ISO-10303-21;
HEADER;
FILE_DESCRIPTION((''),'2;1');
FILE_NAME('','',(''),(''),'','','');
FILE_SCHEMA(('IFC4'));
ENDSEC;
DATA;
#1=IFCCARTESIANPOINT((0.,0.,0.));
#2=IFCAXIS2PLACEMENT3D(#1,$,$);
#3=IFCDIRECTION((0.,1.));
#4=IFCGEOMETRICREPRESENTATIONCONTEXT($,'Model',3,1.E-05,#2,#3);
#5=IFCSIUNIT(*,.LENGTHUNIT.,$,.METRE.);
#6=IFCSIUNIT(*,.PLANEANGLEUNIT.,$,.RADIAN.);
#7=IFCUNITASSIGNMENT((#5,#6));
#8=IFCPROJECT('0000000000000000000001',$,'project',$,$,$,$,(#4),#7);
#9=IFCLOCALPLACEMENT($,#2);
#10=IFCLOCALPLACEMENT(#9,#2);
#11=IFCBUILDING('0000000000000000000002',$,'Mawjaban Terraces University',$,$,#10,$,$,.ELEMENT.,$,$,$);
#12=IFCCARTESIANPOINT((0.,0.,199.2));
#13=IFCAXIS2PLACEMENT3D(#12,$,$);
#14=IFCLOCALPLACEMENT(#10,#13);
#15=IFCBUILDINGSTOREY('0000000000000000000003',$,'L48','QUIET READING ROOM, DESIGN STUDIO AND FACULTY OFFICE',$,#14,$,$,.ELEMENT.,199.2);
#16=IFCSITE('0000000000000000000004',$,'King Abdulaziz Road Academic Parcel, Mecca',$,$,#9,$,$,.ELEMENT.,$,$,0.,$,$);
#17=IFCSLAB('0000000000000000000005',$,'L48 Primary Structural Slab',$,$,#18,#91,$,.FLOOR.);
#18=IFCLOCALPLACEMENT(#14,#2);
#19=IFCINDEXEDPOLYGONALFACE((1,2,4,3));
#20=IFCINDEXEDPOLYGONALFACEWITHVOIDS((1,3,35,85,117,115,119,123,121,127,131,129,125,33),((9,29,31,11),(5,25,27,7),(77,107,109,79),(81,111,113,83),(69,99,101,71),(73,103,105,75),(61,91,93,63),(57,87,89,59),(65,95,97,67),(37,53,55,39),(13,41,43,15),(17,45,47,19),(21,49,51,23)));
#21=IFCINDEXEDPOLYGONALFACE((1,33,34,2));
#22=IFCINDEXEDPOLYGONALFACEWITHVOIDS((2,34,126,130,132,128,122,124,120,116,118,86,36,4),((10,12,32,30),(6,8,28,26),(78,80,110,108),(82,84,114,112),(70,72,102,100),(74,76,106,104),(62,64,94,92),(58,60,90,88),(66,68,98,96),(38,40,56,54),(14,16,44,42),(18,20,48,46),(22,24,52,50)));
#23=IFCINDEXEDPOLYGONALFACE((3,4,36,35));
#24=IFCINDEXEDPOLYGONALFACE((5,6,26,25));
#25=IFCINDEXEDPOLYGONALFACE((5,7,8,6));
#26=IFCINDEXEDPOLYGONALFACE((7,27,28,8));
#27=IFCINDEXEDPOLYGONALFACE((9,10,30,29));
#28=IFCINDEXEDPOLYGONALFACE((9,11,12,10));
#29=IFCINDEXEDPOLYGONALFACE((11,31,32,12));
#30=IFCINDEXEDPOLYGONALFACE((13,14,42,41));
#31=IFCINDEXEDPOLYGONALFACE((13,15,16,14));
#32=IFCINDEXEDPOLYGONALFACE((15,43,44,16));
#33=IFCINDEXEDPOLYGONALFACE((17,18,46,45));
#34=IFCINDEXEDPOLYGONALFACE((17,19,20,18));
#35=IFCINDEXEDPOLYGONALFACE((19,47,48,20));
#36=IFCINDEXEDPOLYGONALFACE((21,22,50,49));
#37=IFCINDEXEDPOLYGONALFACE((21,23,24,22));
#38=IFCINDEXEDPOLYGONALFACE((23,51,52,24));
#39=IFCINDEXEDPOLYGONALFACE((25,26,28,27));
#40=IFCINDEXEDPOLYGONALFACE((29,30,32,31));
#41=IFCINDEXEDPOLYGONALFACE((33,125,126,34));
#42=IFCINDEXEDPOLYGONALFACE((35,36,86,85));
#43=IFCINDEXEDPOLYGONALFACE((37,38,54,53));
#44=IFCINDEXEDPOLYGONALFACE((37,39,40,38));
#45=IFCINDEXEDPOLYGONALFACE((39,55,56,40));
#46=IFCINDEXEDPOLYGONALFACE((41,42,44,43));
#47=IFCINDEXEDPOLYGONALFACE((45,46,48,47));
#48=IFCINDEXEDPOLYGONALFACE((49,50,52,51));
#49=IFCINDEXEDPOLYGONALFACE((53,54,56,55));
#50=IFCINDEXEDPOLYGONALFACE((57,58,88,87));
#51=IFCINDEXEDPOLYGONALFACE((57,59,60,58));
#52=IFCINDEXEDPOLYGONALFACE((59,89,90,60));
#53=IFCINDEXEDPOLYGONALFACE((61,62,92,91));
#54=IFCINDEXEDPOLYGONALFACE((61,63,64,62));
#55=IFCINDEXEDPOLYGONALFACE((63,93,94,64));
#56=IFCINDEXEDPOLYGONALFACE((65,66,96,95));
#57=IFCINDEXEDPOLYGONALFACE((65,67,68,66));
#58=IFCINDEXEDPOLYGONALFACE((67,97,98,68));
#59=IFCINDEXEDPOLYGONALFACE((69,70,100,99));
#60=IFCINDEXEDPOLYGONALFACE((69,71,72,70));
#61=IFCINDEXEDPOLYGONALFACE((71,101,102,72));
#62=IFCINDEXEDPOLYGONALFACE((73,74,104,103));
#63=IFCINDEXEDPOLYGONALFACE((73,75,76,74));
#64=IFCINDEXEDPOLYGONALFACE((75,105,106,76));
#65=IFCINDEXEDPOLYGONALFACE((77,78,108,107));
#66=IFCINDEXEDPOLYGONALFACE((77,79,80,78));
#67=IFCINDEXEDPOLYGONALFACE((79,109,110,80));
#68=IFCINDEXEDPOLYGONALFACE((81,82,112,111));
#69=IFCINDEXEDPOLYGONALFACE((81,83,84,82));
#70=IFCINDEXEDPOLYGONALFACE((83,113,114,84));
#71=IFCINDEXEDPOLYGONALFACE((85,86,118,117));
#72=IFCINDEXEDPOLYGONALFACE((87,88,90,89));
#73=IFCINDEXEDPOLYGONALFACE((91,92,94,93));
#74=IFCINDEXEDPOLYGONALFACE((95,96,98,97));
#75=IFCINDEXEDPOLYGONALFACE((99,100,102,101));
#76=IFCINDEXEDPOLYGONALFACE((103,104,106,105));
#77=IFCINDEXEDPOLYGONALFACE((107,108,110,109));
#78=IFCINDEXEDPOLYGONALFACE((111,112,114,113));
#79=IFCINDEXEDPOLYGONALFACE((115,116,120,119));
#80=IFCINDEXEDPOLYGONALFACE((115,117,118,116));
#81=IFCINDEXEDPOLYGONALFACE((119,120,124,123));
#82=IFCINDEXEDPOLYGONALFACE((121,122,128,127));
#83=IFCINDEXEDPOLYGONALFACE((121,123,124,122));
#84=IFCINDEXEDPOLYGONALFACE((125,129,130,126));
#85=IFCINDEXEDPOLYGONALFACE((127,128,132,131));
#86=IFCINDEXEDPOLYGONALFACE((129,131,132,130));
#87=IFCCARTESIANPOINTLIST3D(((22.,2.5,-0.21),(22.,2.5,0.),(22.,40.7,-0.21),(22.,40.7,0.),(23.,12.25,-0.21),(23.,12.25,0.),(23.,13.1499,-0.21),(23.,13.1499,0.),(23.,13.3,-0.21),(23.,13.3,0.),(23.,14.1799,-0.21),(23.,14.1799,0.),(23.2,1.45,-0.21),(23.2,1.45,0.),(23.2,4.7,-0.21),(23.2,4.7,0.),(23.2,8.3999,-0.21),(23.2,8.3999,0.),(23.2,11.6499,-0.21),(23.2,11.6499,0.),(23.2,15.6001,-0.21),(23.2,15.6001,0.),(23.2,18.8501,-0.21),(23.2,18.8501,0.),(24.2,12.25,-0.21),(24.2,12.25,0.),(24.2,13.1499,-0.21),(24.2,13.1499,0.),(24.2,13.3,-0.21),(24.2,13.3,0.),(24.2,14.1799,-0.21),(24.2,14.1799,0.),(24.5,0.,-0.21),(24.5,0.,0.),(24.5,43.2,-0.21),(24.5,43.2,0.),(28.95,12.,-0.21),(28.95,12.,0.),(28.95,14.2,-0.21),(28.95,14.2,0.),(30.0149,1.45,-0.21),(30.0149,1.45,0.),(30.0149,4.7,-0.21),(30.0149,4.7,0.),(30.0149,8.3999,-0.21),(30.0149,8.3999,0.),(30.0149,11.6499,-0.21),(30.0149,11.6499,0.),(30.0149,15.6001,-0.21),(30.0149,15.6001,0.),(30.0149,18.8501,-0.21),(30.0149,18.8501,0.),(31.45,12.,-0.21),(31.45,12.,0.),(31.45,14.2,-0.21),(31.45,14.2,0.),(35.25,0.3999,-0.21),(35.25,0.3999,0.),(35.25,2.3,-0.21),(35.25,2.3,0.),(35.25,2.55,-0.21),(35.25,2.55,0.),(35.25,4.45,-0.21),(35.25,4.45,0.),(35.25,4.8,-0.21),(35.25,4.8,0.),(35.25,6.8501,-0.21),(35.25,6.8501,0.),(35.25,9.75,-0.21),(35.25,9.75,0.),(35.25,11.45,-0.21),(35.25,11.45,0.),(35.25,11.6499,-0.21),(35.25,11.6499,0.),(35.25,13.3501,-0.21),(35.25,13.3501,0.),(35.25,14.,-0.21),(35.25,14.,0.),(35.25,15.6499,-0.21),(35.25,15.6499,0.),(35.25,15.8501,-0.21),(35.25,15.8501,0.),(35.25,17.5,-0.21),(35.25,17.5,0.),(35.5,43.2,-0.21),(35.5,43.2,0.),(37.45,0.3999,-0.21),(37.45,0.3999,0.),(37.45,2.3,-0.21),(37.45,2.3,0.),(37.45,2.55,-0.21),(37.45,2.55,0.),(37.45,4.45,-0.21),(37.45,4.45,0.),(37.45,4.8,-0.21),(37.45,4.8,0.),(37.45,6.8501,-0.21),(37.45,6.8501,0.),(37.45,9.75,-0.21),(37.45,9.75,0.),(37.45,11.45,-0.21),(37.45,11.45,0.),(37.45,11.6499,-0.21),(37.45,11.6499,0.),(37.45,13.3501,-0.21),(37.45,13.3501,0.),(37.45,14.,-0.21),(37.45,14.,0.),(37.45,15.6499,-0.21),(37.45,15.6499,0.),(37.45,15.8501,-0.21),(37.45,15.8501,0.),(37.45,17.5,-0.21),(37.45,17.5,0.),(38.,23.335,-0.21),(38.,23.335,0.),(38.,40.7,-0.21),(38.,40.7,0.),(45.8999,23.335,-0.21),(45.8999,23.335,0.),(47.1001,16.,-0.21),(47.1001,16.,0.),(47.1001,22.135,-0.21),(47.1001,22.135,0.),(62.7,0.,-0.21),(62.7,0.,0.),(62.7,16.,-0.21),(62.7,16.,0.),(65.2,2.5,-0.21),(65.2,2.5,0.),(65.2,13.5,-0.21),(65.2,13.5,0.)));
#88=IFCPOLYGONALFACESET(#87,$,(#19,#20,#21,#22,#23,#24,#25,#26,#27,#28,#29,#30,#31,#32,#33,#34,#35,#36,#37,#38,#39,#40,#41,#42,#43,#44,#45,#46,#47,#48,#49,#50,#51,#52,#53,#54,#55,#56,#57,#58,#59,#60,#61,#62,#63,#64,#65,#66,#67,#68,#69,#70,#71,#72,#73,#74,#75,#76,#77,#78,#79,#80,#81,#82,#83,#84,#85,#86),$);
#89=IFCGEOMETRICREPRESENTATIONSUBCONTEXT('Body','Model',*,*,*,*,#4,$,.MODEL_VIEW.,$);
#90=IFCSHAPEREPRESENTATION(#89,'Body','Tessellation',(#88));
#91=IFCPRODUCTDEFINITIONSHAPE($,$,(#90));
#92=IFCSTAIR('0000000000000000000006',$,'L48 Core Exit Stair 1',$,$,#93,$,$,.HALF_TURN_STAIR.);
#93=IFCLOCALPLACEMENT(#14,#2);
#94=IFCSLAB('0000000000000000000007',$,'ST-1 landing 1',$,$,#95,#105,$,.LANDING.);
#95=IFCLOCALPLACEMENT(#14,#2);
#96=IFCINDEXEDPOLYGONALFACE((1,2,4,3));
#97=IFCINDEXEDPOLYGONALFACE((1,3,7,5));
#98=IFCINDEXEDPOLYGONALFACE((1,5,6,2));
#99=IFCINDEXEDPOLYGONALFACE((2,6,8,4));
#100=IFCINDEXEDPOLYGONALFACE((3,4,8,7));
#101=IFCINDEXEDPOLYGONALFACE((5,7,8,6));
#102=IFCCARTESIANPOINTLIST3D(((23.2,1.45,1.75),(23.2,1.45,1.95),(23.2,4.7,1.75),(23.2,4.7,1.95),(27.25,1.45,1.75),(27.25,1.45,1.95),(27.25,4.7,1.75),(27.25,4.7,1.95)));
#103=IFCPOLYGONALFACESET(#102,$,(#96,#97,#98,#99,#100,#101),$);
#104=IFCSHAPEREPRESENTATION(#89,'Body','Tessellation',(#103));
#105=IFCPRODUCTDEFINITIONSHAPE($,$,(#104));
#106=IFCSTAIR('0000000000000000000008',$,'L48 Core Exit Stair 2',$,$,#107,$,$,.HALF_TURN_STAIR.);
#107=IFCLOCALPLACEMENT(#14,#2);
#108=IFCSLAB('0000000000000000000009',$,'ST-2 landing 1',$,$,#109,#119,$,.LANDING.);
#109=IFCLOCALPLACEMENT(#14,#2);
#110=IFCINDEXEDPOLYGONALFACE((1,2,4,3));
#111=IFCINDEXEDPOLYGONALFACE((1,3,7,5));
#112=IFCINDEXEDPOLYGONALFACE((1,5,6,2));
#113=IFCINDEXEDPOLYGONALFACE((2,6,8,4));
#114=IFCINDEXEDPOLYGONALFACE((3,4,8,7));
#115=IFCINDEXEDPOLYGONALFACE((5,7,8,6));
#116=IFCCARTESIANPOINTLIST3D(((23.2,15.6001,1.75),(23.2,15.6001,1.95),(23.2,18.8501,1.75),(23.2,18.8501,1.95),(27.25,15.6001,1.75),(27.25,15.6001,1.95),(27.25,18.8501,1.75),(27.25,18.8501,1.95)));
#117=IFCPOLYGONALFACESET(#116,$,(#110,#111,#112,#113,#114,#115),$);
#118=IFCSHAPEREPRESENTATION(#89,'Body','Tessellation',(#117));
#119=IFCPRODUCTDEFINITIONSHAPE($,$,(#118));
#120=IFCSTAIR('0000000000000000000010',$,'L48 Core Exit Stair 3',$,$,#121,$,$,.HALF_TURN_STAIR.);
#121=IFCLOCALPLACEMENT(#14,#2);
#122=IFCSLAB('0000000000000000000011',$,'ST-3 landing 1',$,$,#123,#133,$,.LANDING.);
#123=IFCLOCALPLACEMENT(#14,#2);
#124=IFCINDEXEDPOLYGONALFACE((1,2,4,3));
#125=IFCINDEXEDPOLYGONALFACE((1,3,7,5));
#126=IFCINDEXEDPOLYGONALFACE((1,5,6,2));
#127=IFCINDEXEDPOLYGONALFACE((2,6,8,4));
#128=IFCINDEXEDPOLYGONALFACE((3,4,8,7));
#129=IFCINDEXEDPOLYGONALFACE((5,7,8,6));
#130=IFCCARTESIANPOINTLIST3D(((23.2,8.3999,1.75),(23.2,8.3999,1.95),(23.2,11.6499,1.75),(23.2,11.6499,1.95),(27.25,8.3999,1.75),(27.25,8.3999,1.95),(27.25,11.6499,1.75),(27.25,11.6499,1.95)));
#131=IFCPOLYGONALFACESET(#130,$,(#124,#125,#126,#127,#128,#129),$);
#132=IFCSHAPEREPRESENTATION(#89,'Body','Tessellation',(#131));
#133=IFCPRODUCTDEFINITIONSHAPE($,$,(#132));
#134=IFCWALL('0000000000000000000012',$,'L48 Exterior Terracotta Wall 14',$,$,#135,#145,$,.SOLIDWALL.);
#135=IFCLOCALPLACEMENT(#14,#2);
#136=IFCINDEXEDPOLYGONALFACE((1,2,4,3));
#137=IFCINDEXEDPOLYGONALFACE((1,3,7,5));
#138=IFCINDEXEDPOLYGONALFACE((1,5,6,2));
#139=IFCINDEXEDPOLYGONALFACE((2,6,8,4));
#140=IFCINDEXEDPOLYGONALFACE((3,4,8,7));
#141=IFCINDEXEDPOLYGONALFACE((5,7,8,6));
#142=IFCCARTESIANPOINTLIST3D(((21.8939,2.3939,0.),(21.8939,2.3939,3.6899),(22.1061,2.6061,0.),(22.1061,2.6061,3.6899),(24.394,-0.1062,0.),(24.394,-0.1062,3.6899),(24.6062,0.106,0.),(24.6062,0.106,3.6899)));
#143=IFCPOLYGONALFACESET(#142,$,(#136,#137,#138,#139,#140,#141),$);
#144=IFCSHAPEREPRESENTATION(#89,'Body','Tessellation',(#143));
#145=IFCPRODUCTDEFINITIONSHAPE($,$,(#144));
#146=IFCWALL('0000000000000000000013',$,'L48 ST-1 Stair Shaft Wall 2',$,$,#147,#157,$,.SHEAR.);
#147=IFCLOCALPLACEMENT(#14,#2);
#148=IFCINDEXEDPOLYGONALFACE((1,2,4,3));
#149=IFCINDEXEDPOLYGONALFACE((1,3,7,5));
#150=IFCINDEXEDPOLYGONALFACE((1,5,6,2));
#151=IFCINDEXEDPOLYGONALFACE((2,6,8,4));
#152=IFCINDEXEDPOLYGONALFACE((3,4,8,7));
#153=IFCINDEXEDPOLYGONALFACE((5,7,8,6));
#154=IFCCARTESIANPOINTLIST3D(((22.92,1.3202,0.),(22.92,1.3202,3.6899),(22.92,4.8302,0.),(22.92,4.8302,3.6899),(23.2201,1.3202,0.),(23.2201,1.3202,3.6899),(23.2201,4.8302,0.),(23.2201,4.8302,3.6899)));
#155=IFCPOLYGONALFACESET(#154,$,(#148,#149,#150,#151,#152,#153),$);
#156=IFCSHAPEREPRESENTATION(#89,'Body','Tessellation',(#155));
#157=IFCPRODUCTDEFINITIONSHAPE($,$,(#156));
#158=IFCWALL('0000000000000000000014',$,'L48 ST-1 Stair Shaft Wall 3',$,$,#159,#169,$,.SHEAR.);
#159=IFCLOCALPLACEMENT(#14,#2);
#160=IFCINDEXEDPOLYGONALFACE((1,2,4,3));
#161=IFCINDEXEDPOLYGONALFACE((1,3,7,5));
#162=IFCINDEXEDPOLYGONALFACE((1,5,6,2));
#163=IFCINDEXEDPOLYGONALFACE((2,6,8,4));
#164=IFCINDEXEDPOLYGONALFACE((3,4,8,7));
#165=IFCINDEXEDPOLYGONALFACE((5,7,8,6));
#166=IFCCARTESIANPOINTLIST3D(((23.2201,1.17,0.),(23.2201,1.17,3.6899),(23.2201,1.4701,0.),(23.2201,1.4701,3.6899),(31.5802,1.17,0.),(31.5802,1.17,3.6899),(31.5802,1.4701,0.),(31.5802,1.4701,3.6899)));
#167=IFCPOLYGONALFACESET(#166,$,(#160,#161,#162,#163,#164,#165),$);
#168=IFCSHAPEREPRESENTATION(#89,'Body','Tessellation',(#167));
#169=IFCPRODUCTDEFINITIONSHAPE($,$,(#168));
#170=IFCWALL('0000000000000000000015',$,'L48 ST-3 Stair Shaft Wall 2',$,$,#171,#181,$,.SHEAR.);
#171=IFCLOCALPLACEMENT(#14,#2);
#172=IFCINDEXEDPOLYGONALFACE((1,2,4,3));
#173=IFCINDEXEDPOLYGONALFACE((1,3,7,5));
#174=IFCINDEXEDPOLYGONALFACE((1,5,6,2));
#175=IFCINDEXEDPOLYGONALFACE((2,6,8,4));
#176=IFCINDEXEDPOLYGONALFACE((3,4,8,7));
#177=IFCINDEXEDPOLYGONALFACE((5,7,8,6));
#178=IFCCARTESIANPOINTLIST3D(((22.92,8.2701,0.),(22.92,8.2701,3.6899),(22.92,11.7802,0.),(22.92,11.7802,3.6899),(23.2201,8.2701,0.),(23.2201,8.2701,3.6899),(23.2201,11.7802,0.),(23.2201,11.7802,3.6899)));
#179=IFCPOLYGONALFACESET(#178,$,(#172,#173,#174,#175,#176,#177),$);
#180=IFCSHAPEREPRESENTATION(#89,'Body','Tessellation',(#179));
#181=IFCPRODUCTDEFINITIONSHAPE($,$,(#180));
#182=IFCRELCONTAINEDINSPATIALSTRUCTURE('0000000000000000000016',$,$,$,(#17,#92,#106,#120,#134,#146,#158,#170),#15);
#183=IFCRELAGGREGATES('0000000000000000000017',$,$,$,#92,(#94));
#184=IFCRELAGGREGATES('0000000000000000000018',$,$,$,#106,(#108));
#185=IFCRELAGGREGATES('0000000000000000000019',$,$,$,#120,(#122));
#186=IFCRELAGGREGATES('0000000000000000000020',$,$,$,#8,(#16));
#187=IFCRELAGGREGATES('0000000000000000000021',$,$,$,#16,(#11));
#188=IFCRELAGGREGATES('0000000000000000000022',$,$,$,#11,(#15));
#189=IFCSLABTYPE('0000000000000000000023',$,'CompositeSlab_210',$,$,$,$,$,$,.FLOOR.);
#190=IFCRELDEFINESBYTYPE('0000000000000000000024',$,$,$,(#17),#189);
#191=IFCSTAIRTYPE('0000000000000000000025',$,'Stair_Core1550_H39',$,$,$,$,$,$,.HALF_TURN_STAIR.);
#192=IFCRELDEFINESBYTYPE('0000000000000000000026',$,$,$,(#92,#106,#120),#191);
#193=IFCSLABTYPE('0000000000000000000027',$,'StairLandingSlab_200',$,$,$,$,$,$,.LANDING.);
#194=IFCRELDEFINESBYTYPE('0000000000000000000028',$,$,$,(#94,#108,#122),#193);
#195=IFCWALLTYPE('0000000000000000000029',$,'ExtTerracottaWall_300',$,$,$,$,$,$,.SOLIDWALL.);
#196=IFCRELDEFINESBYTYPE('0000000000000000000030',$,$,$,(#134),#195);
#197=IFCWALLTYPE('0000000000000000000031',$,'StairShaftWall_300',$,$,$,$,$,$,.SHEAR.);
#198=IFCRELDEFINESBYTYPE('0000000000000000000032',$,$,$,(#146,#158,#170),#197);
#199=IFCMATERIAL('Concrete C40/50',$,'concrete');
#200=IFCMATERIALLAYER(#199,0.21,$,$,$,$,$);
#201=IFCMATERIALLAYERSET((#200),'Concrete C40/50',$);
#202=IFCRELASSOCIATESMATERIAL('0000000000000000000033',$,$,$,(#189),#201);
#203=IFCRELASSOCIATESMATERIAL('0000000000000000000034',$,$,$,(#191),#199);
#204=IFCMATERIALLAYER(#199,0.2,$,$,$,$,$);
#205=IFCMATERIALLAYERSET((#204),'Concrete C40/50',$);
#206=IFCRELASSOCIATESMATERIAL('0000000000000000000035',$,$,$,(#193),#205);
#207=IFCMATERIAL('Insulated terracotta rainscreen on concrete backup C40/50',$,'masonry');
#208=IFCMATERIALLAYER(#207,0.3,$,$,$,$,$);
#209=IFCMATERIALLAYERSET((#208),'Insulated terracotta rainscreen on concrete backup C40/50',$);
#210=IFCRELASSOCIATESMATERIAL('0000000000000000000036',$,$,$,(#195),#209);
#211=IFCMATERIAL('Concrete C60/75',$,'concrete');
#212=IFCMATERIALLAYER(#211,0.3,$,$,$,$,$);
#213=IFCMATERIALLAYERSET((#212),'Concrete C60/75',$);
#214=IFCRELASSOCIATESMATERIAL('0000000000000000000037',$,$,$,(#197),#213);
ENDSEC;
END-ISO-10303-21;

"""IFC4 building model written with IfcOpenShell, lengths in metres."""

from ifc_helpers import new_model, si_unit, direction, frame, frame_2d, origin, place, context, subcontext, project, spatial, polyline, rectangle, outline, extrude, material, layer, layer_set, type_object, element, aggregate, save


model = new_model("IFC4")

# Units and contexts
model_context = context("Model", 3, precision=1e-05, world=origin(), true_north=direction((0.0, 1.0)))
body_context = subcontext(model_context, "Body", "Model", "MODEL_VIEW")
ifc_project = project(units=[si_unit("LENGTHUNIT", "METRE"), si_unit("PLANEANGLEUNIT", "RADIAN")], contexts=[model_context])

# Site, building, storey
site_placement = place(None, origin())
site = spatial("IfcSite", under=ifc_project, at=site_placement, Name="King Abdulaziz Road Academic Parcel, Mecca", CompositionType="ELEMENT", RefElevation=0.0)
building_placement = place(site_placement, origin())
building = spatial("IfcBuilding", under=site, at=building_placement, Name="Mawjaban Terraces University", CompositionType="ELEMENT")
storey_placement = place(building_placement, frame((0.0, 0.0, 199.2)))
storey = spatial("IfcBuildingStorey", under=building, at=storey_placement, Name="L48", Description="QUIET READING ROOM, DESIGN STUDIO AND FACULTY OFFICE", CompositionType="ELEMENT", Elevation=199.2)

# Shared definitions
ifc_material_1 = material(Name="Concrete C60/75", Category="concrete")

# Slab
ifc_material_2 = material(Name="Concrete C40/50", Category="concrete")
ifc_layer_1 = layer(ifc_material_2, 0.21)
ifc_layer_set_1 = layer_set([ifc_layer_1], Name="Concrete C40/50")
slab_type_1 = type_object("IfcSlabType", Name="CompositeSlab_210", PredefinedType="FLOOR", material=ifc_layer_set_1)
slab_1_placement = place(storey_placement, frame((0.0, 0.0, -0.21)))
element("IfcSlab", 1, at=slab_1_placement, inside=storey, type_object=slab_type_1, Name="L48 Primary Structural Slab", PredefinedType="FLOOR", context=body_context, shape_type="SweptSolid", body=[
    extrude(outline(polyline([(24.5, 0.0), (62.7, 0.0), (65.2, 2.5), (65.2, 13.5), (62.7, 16.0), (47.1001, 16.0), (47.1001, 22.135), (45.8999, 23.335), (38.0, 23.335), (38.0, 40.7), (35.5, 43.2), (24.5, 43.2), (22.0, 40.7), (22.0, 2.5), (24.5, 0.0)]), holes=[polyline([(30.0149, 4.7), (23.2, 4.7), (23.2, 1.45), (30.0149, 1.45), (30.0149, 4.7)]), polyline([(30.0149, 18.8501), (23.2, 18.8501), (23.2, 15.6001), (30.0149, 15.6001), (30.0149, 18.8501)]), polyline([(30.0149, 11.6499), (23.2, 11.6499), (23.2, 8.3999), (30.0149, 8.3999), (30.0149, 11.6499)]), polyline([(35.25, 0.3999), (37.45, 0.3999), (37.45, 2.3), (35.25, 2.3), (35.25, 0.3999)]), polyline([(35.25, 2.55), (37.45, 2.55), (37.45, 4.45), (35.25, 4.45), (35.25, 2.55)]), polyline([(35.25, 4.8), (37.45, 4.8), (37.45, 6.8501), (35.25, 6.8501), (35.25, 4.8)]), polyline([(35.25, 9.75), (37.45, 9.75), (37.45, 11.45), (35.25, 11.45), (35.25, 9.75)]), polyline([(35.25, 11.6499), (37.45, 11.6499), (37.45, 13.3501), (35.25, 13.3501), (35.25, 11.6499)]), polyline([(28.95, 12.0), (31.45, 12.0), (31.45, 14.2), (28.95, 14.2), (28.95, 12.0)]), polyline([(35.25, 14.0), (37.45, 14.0), (37.45, 15.6499), (35.25, 15.6499), (35.25, 14.0)]), polyline([(35.25, 15.8501), (37.45, 15.8501), (37.45, 17.5), (35.25, 17.5), (35.25, 15.8501)]), polyline([(23.0, 12.25), (24.2, 12.25), (24.2, 13.1499), (23.0, 13.1499), (23.0, 12.25)]), polyline([(23.0, 13.3), (24.2, 13.3), (24.2, 14.1799), (23.0, 14.1799), (23.0, 13.3)])]), origin(), (0.0, 0.0, 1.0), 0.21),
])

# Stairs, slabs
stair_type = type_object("IfcStairType", Name="Stair_Core1550_H39", PredefinedType="HALF_TURN_STAIR", material=ifc_material_2)
stair_1_placement = place(storey_placement, origin())
stair_1 = element("IfcStair", 2, at=stair_1_placement, inside=storey, type_object=stair_type, Name="L48 Core Exit Stair 1", PredefinedType="HALF_TURN_STAIR")
ifc_layer_2 = layer(ifc_material_2, 0.2)
ifc_layer_set_2 = layer_set([ifc_layer_2], Name="Concrete C40/50")
slab_type_2 = type_object("IfcSlabType", Name="StairLandingSlab_200", PredefinedType="LANDING", material=ifc_layer_set_2)
slab_2_placement = place(storey_placement, frame((0.0, 0.0, 1.75)))
slab_2 = element("IfcSlab", 3, at=slab_2_placement, type_object=slab_type_2, Name="ST-1 landing 1", PredefinedType="LANDING", context=body_context, shape_type="SweptSolid", body=[
    extrude(outline(polyline([(27.25, 4.7), (23.2, 4.7), (23.2, 1.45), (27.25, 1.45), (27.25, 4.7)])), origin(), (0.0, 0.0, 1.0), 0.2),
])
aggregate(stair_1, [slab_2])
stair_2_placement = place(storey_placement, origin())
stair_2 = element("IfcStair", 4, at=stair_2_placement, inside=storey, type_object=stair_type, Name="L48 Core Exit Stair 2", PredefinedType="HALF_TURN_STAIR")
slab_3_placement = place(storey_placement, frame((0.0, 0.0, 1.75)))
slab_3 = element("IfcSlab", 5, at=slab_3_placement, type_object=slab_type_2, Name="ST-2 landing 1", PredefinedType="LANDING", context=body_context, shape_type="SweptSolid", body=[
    extrude(outline(polyline([(27.25, 18.8501), (23.2, 18.8501), (23.2, 15.6001), (27.25, 15.6001), (27.25, 18.8501)])), origin(), (0.0, 0.0, 1.0), 0.2),
])
aggregate(stair_2, [slab_3])
stair_3_placement = place(storey_placement, origin())
stair_3 = element("IfcStair", 6, at=stair_3_placement, inside=storey, type_object=stair_type, Name="L48 Core Exit Stair 3", PredefinedType="HALF_TURN_STAIR")
slab_4_placement = place(storey_placement, frame((0.0, 0.0, 1.75)))
slab_4 = element("IfcSlab", 7, at=slab_4_placement, type_object=slab_type_2, Name="ST-3 landing 1", PredefinedType="LANDING", context=body_context, shape_type="SweptSolid", body=[
    extrude(outline(polyline([(27.25, 11.6499), (23.2, 11.6499), (23.2, 8.3999), (27.25, 8.3999), (27.25, 11.6499)])), origin(), (0.0, 0.0, 1.0), 0.2),
])
aggregate(stair_3, [slab_4])

# Walls
ifc_material_3 = material(Name="Insulated terracotta rainscreen on concrete backup C40/50", Category="masonry")
ifc_layer_3 = layer(ifc_material_3, 0.3)
ifc_layer_set_3 = layer_set([ifc_layer_3], Name="Insulated terracotta rainscreen on concrete backup C40/50")
wall_type_1 = type_object("IfcWallType", Name="ExtTerracottaWall_300", PredefinedType="SOLIDWALL", material=ifc_layer_set_3)
wall_1_placement = place(storey_placement, frame((22.0, 2.5, 0.0), z_axis=(0.0, 0.0, 1.0), x_axis=(0.707107, -0.707107, 0.0)))
element("IfcWall", 8, at=wall_1_placement, inside=storey, type_object=wall_type_1, Name="L48 Exterior Terracotta Wall 14", PredefinedType="SOLIDWALL", context=body_context, shape_type="SweptSolid", body=[
    extrude(rectangle(XDim=3.5356, YDim=0.3, at=frame_2d((1.7678, 0.0))), origin(), (0.0, 0.0, 1.0), 3.6899),
])
ifc_layer_4 = layer(ifc_material_1, 0.3)
ifc_layer_set_4 = layer_set([ifc_layer_4], Name="Concrete C60/75")
wall_type_2 = type_object("IfcWallType", Name="StairShaftWall_300", PredefinedType="SHEAR", material=ifc_layer_set_4)
wall_2_placement = place(storey_placement, frame((23.0701, 4.8301, 0.0), z_axis=(0.0, 0.0, 1.0), x_axis=(0.0, -1.0, 0.0)))
element("IfcWall", 9, at=wall_2_placement, inside=storey, type_object=wall_type_2, Name="L48 ST-1 Stair Shaft Wall 2", PredefinedType="SHEAR", context=body_context, shape_type="SweptSolid", body=[
    extrude(rectangle(XDim=3.51, YDim=0.3, at=frame_2d((1.7549, 0.0))), origin(), (0.0, 0.0, 1.0), 3.6899),
])
wall_3_placement = place(storey_placement, frame((23.22, 1.3201, 0.0), z_axis=(0.0, 0.0, 1.0), x_axis=(1.0, 0.0, 0.0)))
element("IfcWall", 10, at=wall_3_placement, inside=storey, type_object=wall_type_2, Name="L48 ST-1 Stair Shaft Wall 3", PredefinedType="SHEAR", context=body_context, shape_type="SweptSolid", body=[
    extrude(rectangle(XDim=8.3601, YDim=0.3, at=frame_2d((4.1802, 0.0))), origin(), (0.0, 0.0, 1.0), 3.6899),
])
wall_4_placement = place(storey_placement, frame((23.0701, 11.78, 0.0), z_axis=(0.0, 0.0, 1.0), x_axis=(0.0, -1.0, 0.0)))
element("IfcWall", 11, at=wall_4_placement, inside=storey, type_object=wall_type_2, Name="L48 ST-3 Stair Shaft Wall 2", PredefinedType="SHEAR", context=body_context, shape_type="SweptSolid", body=[
    extrude(rectangle(XDim=3.51, YDim=0.3, at=frame_2d((1.7549, 0.0))), origin(), (0.0, 0.0, 1.0), 3.6899),
])

save(model, "model.ifc")
